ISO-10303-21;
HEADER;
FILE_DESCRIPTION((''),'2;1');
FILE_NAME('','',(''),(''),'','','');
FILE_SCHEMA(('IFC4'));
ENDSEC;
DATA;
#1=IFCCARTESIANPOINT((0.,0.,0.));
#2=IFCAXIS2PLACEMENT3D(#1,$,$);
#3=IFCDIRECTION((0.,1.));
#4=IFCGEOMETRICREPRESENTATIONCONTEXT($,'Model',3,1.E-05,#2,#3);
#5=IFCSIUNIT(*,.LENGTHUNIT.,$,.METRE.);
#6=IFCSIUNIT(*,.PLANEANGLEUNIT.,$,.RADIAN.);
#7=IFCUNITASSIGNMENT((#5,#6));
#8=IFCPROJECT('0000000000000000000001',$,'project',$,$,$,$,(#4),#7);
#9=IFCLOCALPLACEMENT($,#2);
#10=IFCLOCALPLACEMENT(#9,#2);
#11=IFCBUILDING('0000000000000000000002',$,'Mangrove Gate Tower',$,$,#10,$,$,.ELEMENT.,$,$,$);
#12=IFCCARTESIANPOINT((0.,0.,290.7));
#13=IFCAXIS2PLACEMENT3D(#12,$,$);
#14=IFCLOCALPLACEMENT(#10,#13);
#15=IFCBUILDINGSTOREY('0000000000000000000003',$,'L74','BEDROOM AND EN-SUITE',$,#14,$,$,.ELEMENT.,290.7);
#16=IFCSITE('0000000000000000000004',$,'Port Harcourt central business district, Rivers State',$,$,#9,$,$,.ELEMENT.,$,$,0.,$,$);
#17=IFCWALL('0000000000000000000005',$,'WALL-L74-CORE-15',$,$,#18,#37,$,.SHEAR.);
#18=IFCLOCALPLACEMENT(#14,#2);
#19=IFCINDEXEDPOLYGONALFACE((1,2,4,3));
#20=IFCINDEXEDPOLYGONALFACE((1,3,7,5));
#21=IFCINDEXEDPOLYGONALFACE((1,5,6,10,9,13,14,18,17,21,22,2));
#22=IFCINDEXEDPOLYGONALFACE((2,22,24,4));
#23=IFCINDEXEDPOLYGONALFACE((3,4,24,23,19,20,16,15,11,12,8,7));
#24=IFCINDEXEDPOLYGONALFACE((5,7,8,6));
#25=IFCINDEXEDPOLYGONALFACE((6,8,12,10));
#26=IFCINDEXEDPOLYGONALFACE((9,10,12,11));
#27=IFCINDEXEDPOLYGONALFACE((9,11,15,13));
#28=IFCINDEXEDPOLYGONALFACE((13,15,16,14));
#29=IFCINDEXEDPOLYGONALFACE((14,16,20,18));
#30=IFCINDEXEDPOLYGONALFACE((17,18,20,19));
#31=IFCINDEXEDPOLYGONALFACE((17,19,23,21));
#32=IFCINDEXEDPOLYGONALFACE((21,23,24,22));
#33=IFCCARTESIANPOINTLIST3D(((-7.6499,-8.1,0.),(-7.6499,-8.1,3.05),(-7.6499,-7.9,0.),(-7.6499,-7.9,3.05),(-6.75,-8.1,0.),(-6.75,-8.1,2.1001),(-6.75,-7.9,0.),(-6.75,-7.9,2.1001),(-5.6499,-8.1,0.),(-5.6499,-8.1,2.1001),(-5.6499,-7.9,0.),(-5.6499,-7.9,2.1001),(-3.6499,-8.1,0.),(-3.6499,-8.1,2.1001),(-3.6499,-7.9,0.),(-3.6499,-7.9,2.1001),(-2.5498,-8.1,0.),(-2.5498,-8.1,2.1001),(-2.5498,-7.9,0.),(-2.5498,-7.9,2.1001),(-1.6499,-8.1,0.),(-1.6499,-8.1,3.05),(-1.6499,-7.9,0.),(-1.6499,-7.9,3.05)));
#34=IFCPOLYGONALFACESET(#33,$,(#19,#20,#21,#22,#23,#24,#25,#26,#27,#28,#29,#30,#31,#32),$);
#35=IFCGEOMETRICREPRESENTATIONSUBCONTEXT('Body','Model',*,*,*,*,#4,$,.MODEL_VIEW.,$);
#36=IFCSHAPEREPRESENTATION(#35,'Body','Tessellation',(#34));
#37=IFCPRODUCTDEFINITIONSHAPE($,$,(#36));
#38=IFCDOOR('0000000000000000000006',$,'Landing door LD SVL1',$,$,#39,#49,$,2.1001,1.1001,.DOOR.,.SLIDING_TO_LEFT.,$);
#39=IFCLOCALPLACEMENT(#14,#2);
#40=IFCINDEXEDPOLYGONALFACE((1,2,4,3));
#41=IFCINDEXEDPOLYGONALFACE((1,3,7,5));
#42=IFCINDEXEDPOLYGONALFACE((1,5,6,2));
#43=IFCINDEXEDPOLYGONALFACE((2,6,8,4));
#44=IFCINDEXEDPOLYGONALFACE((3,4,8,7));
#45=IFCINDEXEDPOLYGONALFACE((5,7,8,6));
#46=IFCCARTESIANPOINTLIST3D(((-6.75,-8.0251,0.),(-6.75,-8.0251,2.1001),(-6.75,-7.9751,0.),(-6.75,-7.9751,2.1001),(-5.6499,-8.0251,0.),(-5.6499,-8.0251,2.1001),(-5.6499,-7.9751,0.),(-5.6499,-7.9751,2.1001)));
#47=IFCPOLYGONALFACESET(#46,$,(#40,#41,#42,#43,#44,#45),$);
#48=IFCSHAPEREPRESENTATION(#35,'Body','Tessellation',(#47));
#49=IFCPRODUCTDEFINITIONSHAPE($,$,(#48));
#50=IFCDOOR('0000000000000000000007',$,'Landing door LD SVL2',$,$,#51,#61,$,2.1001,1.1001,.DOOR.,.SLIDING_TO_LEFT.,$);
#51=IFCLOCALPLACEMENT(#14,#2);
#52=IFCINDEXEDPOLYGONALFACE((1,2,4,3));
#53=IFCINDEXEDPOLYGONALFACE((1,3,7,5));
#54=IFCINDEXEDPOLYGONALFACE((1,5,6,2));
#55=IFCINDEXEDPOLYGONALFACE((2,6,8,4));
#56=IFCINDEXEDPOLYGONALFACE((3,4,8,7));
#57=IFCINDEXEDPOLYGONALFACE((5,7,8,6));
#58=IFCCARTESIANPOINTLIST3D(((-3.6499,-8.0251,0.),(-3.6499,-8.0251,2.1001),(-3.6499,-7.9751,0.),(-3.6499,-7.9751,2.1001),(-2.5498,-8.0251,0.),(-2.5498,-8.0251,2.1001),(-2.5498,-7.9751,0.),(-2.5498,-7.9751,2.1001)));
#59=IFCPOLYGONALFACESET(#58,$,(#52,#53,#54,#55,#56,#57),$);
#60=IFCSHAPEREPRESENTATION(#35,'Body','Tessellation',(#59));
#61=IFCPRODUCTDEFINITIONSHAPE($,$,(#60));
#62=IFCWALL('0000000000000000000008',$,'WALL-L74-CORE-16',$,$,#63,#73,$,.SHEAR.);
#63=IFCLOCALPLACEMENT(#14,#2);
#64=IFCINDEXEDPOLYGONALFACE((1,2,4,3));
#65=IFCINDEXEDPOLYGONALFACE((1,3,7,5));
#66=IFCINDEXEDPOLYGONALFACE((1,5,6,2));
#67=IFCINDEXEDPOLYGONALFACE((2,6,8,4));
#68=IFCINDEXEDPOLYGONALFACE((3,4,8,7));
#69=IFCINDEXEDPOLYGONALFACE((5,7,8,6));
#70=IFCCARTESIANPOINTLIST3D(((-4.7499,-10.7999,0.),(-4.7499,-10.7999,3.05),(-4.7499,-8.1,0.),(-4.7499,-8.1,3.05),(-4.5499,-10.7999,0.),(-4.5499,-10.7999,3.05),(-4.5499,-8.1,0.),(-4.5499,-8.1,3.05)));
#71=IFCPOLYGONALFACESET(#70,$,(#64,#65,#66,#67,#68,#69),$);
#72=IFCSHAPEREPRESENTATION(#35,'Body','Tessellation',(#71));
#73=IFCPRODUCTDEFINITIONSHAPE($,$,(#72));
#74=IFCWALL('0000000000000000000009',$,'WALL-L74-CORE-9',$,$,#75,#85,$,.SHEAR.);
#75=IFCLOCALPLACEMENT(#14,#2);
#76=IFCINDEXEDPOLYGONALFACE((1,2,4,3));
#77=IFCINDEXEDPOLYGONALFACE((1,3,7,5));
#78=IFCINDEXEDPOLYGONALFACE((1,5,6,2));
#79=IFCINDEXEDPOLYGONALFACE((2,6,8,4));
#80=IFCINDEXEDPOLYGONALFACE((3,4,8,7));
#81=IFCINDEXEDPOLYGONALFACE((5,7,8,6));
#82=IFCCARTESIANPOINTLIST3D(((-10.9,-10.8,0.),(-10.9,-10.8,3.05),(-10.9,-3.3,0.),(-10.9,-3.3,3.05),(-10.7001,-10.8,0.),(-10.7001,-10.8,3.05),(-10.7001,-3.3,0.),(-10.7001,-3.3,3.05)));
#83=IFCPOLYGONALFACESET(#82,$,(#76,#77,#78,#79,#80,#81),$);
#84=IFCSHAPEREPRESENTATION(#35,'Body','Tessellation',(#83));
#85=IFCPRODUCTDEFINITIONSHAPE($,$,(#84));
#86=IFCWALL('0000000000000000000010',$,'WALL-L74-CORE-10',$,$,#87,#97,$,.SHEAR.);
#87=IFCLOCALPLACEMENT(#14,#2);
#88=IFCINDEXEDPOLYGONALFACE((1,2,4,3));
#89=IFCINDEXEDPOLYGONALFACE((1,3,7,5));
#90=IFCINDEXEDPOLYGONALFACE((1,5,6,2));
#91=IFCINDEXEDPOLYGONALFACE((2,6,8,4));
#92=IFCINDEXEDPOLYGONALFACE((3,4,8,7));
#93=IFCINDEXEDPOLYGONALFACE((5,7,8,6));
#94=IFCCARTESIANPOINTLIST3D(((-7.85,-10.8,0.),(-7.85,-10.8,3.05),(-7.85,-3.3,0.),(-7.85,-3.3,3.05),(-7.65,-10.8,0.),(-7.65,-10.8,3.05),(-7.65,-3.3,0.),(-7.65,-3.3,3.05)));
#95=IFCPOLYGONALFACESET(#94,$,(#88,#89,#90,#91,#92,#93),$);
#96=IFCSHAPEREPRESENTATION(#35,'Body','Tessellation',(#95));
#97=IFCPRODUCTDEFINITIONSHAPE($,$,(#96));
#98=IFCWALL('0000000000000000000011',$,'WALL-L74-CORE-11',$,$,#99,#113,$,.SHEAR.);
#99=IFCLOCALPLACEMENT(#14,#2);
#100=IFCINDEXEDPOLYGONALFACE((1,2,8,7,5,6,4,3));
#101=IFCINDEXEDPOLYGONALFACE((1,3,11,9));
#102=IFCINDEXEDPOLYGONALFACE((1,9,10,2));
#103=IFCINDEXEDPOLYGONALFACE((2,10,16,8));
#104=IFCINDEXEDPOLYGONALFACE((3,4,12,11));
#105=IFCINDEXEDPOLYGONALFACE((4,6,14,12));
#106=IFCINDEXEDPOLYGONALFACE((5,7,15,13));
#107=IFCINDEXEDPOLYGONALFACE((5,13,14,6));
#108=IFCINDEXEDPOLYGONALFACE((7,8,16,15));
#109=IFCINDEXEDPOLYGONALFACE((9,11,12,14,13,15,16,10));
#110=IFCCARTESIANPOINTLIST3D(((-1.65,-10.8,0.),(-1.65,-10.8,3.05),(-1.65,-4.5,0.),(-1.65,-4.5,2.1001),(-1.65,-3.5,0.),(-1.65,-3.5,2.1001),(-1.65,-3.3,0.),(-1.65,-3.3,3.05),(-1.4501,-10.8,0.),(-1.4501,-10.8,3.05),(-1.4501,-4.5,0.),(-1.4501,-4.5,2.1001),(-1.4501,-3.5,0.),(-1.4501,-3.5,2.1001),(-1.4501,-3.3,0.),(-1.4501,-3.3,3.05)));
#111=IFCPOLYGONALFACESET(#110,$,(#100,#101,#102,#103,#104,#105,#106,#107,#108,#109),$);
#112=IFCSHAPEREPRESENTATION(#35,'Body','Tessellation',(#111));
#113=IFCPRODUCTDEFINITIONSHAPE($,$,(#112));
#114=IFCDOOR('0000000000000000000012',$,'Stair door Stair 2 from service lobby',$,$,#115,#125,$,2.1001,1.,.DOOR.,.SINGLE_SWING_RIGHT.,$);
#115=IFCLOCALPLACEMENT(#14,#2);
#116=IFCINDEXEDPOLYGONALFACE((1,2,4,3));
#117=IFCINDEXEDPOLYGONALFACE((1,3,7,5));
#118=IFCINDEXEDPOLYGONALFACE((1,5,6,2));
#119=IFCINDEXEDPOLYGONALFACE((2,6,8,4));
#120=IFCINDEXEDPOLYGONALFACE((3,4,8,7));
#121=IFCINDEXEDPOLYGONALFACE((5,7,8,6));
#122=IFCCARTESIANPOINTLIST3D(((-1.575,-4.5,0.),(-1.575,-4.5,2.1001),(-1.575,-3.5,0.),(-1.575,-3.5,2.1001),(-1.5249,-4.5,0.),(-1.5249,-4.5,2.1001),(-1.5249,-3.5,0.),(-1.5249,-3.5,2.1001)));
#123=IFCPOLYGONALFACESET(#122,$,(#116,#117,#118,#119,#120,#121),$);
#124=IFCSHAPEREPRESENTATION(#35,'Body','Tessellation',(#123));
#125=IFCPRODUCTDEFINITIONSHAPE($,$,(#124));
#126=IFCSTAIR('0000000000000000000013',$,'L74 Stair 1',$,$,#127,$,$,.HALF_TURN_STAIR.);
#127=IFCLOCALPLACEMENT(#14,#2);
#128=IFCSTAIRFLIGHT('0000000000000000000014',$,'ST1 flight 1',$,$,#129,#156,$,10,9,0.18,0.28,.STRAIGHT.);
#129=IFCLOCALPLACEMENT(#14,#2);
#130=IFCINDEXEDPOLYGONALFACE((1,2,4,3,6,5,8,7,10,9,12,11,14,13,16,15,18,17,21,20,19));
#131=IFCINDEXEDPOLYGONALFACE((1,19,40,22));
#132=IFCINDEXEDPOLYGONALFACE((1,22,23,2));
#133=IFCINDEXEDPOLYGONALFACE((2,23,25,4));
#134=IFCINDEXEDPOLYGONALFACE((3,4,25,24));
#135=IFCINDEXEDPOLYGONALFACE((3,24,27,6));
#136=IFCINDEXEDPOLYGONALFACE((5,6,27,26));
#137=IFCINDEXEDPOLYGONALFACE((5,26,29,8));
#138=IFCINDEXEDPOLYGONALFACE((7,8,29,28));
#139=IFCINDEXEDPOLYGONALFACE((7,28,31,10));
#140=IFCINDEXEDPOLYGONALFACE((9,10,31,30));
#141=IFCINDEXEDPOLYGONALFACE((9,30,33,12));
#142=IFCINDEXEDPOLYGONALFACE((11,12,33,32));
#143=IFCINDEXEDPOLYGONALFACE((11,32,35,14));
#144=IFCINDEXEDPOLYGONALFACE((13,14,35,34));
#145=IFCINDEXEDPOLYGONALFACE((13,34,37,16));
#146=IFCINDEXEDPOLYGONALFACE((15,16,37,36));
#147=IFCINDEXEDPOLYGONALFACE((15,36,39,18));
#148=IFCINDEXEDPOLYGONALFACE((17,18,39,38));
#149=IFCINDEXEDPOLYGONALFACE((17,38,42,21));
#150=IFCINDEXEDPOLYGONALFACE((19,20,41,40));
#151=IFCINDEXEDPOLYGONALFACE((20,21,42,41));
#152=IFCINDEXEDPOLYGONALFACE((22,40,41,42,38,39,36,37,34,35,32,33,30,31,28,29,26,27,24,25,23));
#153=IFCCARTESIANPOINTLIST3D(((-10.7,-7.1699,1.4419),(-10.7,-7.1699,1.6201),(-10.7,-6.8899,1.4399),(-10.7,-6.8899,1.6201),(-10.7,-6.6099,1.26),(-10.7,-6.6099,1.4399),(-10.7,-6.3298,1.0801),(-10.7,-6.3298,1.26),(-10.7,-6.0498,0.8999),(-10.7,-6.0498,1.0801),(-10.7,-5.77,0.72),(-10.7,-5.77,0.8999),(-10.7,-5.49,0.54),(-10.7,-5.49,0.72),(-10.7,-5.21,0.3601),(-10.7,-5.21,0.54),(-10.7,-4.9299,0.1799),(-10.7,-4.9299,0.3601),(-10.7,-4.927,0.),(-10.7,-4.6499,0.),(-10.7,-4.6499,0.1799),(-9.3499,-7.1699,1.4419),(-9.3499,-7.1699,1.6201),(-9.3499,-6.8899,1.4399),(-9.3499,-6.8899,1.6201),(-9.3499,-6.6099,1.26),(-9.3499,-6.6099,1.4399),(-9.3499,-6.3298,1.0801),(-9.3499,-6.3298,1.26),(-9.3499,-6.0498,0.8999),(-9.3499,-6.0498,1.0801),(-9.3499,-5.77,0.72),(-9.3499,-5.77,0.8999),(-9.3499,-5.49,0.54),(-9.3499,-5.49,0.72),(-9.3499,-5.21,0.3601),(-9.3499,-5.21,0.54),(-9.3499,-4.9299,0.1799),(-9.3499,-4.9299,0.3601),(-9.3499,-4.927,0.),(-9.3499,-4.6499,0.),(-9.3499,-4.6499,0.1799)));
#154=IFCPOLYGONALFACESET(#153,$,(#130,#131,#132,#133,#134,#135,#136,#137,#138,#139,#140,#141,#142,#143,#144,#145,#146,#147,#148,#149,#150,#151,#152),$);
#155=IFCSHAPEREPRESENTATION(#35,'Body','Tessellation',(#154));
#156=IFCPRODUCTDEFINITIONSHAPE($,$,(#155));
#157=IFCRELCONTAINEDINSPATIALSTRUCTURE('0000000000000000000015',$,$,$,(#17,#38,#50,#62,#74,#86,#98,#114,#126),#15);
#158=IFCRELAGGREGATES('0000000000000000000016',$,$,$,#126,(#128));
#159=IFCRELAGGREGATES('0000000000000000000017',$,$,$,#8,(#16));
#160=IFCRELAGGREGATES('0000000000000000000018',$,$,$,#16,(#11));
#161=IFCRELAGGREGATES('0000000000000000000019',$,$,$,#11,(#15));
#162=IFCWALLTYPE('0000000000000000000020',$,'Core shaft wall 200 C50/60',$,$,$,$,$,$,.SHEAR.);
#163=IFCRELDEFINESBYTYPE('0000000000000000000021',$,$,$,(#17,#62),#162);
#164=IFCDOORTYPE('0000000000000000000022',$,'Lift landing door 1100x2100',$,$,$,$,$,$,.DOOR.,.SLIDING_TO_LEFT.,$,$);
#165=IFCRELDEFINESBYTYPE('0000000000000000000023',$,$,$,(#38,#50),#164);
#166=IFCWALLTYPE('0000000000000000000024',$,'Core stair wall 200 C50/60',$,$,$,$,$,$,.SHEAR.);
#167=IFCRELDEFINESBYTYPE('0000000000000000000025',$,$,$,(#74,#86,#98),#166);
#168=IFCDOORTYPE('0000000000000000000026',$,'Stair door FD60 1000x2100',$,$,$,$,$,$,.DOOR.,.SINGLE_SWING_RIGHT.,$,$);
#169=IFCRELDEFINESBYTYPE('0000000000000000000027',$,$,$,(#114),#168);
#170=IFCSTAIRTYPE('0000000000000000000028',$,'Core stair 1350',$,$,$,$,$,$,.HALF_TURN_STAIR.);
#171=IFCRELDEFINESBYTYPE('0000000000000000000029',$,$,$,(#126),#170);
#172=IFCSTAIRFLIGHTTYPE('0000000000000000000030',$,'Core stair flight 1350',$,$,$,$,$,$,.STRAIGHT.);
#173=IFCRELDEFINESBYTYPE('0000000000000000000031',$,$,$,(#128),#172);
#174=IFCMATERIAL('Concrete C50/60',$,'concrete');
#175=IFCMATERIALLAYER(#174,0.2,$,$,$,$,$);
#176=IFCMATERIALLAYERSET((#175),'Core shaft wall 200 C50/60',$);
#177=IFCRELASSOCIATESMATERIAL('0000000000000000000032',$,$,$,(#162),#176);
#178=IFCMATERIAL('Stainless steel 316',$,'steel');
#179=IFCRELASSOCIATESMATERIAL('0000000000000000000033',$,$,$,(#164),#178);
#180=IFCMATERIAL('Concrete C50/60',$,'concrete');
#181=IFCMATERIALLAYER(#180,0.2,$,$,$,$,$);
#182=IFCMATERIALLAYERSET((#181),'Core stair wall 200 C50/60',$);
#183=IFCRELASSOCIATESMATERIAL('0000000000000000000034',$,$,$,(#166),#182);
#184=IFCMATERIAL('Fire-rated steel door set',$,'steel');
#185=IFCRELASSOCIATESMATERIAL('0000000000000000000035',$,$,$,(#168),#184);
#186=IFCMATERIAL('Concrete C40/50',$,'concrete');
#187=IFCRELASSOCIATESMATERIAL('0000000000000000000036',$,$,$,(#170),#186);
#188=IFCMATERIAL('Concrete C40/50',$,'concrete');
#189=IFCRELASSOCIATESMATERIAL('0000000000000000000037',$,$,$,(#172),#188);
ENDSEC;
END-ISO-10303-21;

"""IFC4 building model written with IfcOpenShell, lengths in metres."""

from ifc_helpers import new_model, si_unit, direction, frame, frame_2d, origin, place, context, subcontext, project, spatial, polyline, rectangle, outline, extrude, material, layer, layer_set, type_object, element, fill, aggregate, save


model = new_model("IFC4")

# Units and contexts
model_context = context("Model", 3, precision=1e-05, world=origin(), true_north=direction((0.0, 1.0)))
body_context = subcontext(model_context, "Body", "Model", "MODEL_VIEW")
ifc_project = project(units=[si_unit("LENGTHUNIT", "METRE"), si_unit("PLANEANGLEUNIT", "RADIAN")], contexts=[model_context])

# Site, building, storey
site_placement = place(None, origin())
site = spatial("IfcSite", under=ifc_project, at=site_placement, Name="Port Harcourt central business district, Rivers State", CompositionType="ELEMENT", RefElevation=0.0)
building_placement = place(site_placement, origin())
building = spatial("IfcBuilding", under=site, at=building_placement, Name="Mangrove Gate Tower", CompositionType="ELEMENT")
storey_placement = place(building_placement, frame((0.0, 0.0, 290.7)))
storey = spatial("IfcBuildingStorey", under=building, at=storey_placement, Name="L74", Description="BEDROOM AND EN-SUITE", CompositionType="ELEMENT", Elevation=290.7)

# Wall, openings, doors
ifc_material_1 = material(Name="Concrete C50/60", Category="concrete")
ifc_layer_1 = layer(ifc_material_1, 0.2)
ifc_layer_set_1 = layer_set([ifc_layer_1], Name="Core shaft wall 200 C50/60")
wall_type_1 = type_object("IfcWallType", Name="Core shaft wall 200 C50/60", PredefinedType="SHEAR", material=ifc_layer_set_1)
wall_1_placement = place(storey_placement, frame((-7.6499, -8.0, 0.0), z_axis=(0.0, 0.0, 1.0), x_axis=(1.0, 0.0, 0.0)))
wall_1 = element("IfcWall", 1, at=wall_1_placement, inside=storey, type_object=wall_type_1, Name="WALL-L74-CORE-15", PredefinedType="SHEAR", context=body_context, shape_type="SweptSolid", body=[
    extrude(rectangle(XDim=6.0, YDim=0.2, at=frame_2d((3.0, 0.0))), origin(), (0.0, 0.0, 1.0), 3.05),
])
opening_1_placement = place(wall_1_placement, frame((0.8999, 0.0, 0.0)))
opening_1 = element("IfcOpeningElement", 2, at=opening_1_placement, cuts=wall_1, PredefinedType="OPENING", context=body_context, shape_type="SweptSolid", body=[
    extrude(rectangle(XDim=1.1001, YDim=2.1001, at=frame_2d((0.55, 1.05))), frame((0.0, 0.1099, 0.0), z_axis=(0.0, -1.0, 0.0), x_axis=(1.0, 0.0, 0.0)), (0.0, 0.0, 1.0), 0.22),
])
opening_2_placement = place(wall_1_placement, frame((4.0, 0.0, 0.0)))
opening_2 = element("IfcOpeningElement", 3, at=opening_2_placement, cuts=wall_1, PredefinedType="OPENING", context=body_context, shape_type="SweptSolid", body=[
    extrude(rectangle(XDim=1.1001, YDim=2.1001, at=frame_2d((0.55, 1.05))), frame((0.0, 0.1099, 0.0), z_axis=(0.0, -1.0, 0.0), x_axis=(1.0, 0.0, 0.0)), (0.0, 0.0, 1.0), 0.22),
])
ifc_material_2 = material(Name="Stainless steel 316", Category="steel")
door_type_1 = type_object("IfcDoorType", Name="Lift landing door 1100x2100", OperationType="SLIDING_TO_LEFT", PredefinedType="DOOR", material=ifc_material_2)
door_1_placement = place(opening_1_placement, origin())
door_1 = element("IfcDoor", 4, at=door_1_placement, inside=storey, type_object=door_type_1, Name="Landing door LD SVL1", OperationType="SLIDING_TO_LEFT", OverallHeight=2.1001, OverallWidth=1.1001, PredefinedType="DOOR", context=body_context, shape_type="SweptSolid", body=[
    extrude(rectangle(XDim=1.1001, YDim=2.1001, at=frame_2d((0.55, 1.05))), frame((0.0, 0.0249, 0.0), z_axis=(0.0, -1.0, 0.0), x_axis=(1.0, 0.0, 0.0)), (0.0, 0.0, 1.0), 0.05),
])
fill(opening_1, door_1)
door_2_placement = place(opening_2_placement, origin())
door_2 = element("IfcDoor", 5, at=door_2_placement, inside=storey, type_object=door_type_1, Name="Landing door LD SVL2", OperationType="SLIDING_TO_LEFT", OverallHeight=2.1001, OverallWidth=1.1001, PredefinedType="DOOR", context=body_context, shape_type="SweptSolid", body=[
    extrude(rectangle(XDim=1.1001, YDim=2.1001, at=frame_2d((0.55, 1.05))), frame((0.0, 0.0249, 0.0), z_axis=(0.0, -1.0, 0.0), x_axis=(1.0, 0.0, 0.0)), (0.0, 0.0, 1.0), 0.05),
])
fill(opening_2, door_2)

# Walls
wall_2_placement = place(storey_placement, frame((-4.6499, -10.8, 0.0), z_axis=(0.0, 0.0, 1.0), x_axis=(0.0, 1.0, 0.0)))
element("IfcWall", 6, at=wall_2_placement, inside=storey, type_object=wall_type_1, Name="WALL-L74-CORE-16", PredefinedType="SHEAR", context=body_context, shape_type="SweptSolid", body=[
    extrude(rectangle(XDim=2.7, YDim=0.2, at=frame_2d((1.3501, 0.0))), origin(), (0.0, 0.0, 1.0), 3.05),
])
ifc_material_3 = material(Name="Concrete C50/60", Category="concrete")
ifc_layer_2 = layer(ifc_material_3, 0.2)
ifc_layer_set_2 = layer_set([ifc_layer_2], Name="Core stair wall 200 C50/60")
wall_type_2 = type_object("IfcWallType", Name="Core stair wall 200 C50/60", PredefinedType="SHEAR", material=ifc_layer_set_2)
for number, where, z_axis, x_axis, name in (
    (7, (-10.8, -10.8, 0.0), (0.0, 0.0, 1.0), (0.0, 1.0, 0.0), "WALL-L74-CORE-9"),
    (8, (-7.75, -10.8, 0.0), (0.0, 0.0, 1.0), (0.0, 1.0, 0.0), "WALL-L74-CORE-10"),
):
    element("IfcWall", number, at=place(storey_placement, frame(where, z_axis=z_axis, x_axis=x_axis)), inside=storey, type_object=wall_type_2, Name=name, PredefinedType="SHEAR", context=body_context, shape_type="SweptSolid", body=[
        extrude(rectangle(XDim=7.5, YDim=0.2, at=frame_2d((3.75, 0.0))), origin(), (0.0, 0.0, 1.0), 3.05),
    ])

# Wall, opening, door
wall_3_placement = place(storey_placement, frame((-1.55, -10.8, 0.0), z_axis=(0.0, 0.0, 1.0), x_axis=(0.0, 1.0, 0.0)))
wall_3 = element("IfcWall", 9, at=wall_3_placement, inside=storey, type_object=wall_type_2, Name="WALL-L74-CORE-11", PredefinedType="SHEAR", context=body_context, shape_type="SweptSolid", body=[
    extrude(rectangle(XDim=7.5, YDim=0.2, at=frame_2d((3.75, 0.0))), origin(), (0.0, 0.0, 1.0), 3.05),
])
opening_3_placement = place(wall_3_placement, frame((6.3, 0.0, 0.0)))
opening_3 = element("IfcOpeningElement", 10, at=opening_3_placement, cuts=wall_3, PredefinedType="OPENING", context=body_context, shape_type="SweptSolid", body=[
    extrude(rectangle(XDim=1.0, YDim=2.1001, at=frame_2d((0.5, 1.05))), frame((0.0, 0.1099, 0.0), z_axis=(0.0, -1.0, 0.0), x_axis=(1.0, 0.0, 0.0)), (0.0, 0.0, 1.0), 0.22),
])
ifc_material_4 = material(Name="Fire-rated steel door set", Category="steel")
door_type_2 = type_object("IfcDoorType", Name="Stair door FD60 1000x2100", OperationType="SINGLE_SWING_RIGHT", PredefinedType="DOOR", material=ifc_material_4)
door_3_placement = place(opening_3_placement, origin())
door_3 = element("IfcDoor", 11, at=door_3_placement, inside=storey, type_object=door_type_2, Name="Stair door Stair 2 from service lobby", OperationType="SINGLE_SWING_RIGHT", OverallHeight=2.1001, OverallWidth=1.0, PredefinedType="DOOR", context=body_context, shape_type="SweptSolid", body=[
    extrude(rectangle(XDim=1.0, YDim=2.1001, at=frame_2d((0.5, 1.05))), frame((0.0, 0.0249, 0.0), z_axis=(0.0, -1.0, 0.0), x_axis=(1.0, 0.0, 0.0)), (0.0, 0.0, 1.0), 0.05),
])
fill(opening_3, door_3)

# Stair, stair flight
ifc_material_5 = material(Name="Concrete C40/50", Category="concrete")
stair_type = type_object("IfcStairType", Name="Core stair 1350", PredefinedType="HALF_TURN_STAIR", material=ifc_material_5)
stair_1_placement = place(storey_placement, origin())
stair_1 = element("IfcStair", 12, at=stair_1_placement, inside=storey, type_object=stair_type, Name="L74 Stair 1", PredefinedType="HALF_TURN_STAIR")
ifc_material_6 = material(Name="Concrete C40/50", Category="concrete")
stair_flight_type = type_object("IfcStairFlightType", Name="Core stair flight 1350", PredefinedType="STRAIGHT", material=ifc_material_6)
stair_flight_1_placement = place(storey_placement, frame((-10.0249, -4.6499, 0.0), z_axis=(0.0, 0.0, 1.0), x_axis=(0.0, -1.0, 0.0)))
stair_flight_1 = element("IfcStairFlight", 13, at=stair_flight_1_placement, type_object=stair_flight_type, Name="ST1 flight 1", NumberOfRisers=10, NumberOfTreads=9, PredefinedType="STRAIGHT", RiserHeight=0.18, TreadLength=0.28, context=body_context, shape_type="SweptSolid", body=[
    extrude(outline(polyline([(0.0, 0.0), (0.0, 0.1799), (0.28, 0.1799), (0.28, 0.3601), (0.5601, 0.3601), (0.5601, 0.54), (0.8401, 0.54), (0.8401, 0.72), (1.1201, 0.72), (1.1201, 0.8999), (1.3999, 0.8999), (1.3999, 1.0801), (1.6799, 1.0801), (1.6799, 1.26), (1.96, 1.26), (1.96, 1.4399), (2.24, 1.4399), (2.24, 1.6201), (2.52, 1.6201), (2.52, 1.8), (2.52, 1.4419), (0.2771, 0.0), (0.0, 0.0)])), frame((0.0, 0.675, 0.0), z_axis=(0.0, -1.0, 0.0), x_axis=(1.0, 0.0, 0.0)), (0.0, 0.0, 1.0), 1.3501),
])
aggregate(stair_1, [stair_flight_1])

save(model, "model.ifc")
